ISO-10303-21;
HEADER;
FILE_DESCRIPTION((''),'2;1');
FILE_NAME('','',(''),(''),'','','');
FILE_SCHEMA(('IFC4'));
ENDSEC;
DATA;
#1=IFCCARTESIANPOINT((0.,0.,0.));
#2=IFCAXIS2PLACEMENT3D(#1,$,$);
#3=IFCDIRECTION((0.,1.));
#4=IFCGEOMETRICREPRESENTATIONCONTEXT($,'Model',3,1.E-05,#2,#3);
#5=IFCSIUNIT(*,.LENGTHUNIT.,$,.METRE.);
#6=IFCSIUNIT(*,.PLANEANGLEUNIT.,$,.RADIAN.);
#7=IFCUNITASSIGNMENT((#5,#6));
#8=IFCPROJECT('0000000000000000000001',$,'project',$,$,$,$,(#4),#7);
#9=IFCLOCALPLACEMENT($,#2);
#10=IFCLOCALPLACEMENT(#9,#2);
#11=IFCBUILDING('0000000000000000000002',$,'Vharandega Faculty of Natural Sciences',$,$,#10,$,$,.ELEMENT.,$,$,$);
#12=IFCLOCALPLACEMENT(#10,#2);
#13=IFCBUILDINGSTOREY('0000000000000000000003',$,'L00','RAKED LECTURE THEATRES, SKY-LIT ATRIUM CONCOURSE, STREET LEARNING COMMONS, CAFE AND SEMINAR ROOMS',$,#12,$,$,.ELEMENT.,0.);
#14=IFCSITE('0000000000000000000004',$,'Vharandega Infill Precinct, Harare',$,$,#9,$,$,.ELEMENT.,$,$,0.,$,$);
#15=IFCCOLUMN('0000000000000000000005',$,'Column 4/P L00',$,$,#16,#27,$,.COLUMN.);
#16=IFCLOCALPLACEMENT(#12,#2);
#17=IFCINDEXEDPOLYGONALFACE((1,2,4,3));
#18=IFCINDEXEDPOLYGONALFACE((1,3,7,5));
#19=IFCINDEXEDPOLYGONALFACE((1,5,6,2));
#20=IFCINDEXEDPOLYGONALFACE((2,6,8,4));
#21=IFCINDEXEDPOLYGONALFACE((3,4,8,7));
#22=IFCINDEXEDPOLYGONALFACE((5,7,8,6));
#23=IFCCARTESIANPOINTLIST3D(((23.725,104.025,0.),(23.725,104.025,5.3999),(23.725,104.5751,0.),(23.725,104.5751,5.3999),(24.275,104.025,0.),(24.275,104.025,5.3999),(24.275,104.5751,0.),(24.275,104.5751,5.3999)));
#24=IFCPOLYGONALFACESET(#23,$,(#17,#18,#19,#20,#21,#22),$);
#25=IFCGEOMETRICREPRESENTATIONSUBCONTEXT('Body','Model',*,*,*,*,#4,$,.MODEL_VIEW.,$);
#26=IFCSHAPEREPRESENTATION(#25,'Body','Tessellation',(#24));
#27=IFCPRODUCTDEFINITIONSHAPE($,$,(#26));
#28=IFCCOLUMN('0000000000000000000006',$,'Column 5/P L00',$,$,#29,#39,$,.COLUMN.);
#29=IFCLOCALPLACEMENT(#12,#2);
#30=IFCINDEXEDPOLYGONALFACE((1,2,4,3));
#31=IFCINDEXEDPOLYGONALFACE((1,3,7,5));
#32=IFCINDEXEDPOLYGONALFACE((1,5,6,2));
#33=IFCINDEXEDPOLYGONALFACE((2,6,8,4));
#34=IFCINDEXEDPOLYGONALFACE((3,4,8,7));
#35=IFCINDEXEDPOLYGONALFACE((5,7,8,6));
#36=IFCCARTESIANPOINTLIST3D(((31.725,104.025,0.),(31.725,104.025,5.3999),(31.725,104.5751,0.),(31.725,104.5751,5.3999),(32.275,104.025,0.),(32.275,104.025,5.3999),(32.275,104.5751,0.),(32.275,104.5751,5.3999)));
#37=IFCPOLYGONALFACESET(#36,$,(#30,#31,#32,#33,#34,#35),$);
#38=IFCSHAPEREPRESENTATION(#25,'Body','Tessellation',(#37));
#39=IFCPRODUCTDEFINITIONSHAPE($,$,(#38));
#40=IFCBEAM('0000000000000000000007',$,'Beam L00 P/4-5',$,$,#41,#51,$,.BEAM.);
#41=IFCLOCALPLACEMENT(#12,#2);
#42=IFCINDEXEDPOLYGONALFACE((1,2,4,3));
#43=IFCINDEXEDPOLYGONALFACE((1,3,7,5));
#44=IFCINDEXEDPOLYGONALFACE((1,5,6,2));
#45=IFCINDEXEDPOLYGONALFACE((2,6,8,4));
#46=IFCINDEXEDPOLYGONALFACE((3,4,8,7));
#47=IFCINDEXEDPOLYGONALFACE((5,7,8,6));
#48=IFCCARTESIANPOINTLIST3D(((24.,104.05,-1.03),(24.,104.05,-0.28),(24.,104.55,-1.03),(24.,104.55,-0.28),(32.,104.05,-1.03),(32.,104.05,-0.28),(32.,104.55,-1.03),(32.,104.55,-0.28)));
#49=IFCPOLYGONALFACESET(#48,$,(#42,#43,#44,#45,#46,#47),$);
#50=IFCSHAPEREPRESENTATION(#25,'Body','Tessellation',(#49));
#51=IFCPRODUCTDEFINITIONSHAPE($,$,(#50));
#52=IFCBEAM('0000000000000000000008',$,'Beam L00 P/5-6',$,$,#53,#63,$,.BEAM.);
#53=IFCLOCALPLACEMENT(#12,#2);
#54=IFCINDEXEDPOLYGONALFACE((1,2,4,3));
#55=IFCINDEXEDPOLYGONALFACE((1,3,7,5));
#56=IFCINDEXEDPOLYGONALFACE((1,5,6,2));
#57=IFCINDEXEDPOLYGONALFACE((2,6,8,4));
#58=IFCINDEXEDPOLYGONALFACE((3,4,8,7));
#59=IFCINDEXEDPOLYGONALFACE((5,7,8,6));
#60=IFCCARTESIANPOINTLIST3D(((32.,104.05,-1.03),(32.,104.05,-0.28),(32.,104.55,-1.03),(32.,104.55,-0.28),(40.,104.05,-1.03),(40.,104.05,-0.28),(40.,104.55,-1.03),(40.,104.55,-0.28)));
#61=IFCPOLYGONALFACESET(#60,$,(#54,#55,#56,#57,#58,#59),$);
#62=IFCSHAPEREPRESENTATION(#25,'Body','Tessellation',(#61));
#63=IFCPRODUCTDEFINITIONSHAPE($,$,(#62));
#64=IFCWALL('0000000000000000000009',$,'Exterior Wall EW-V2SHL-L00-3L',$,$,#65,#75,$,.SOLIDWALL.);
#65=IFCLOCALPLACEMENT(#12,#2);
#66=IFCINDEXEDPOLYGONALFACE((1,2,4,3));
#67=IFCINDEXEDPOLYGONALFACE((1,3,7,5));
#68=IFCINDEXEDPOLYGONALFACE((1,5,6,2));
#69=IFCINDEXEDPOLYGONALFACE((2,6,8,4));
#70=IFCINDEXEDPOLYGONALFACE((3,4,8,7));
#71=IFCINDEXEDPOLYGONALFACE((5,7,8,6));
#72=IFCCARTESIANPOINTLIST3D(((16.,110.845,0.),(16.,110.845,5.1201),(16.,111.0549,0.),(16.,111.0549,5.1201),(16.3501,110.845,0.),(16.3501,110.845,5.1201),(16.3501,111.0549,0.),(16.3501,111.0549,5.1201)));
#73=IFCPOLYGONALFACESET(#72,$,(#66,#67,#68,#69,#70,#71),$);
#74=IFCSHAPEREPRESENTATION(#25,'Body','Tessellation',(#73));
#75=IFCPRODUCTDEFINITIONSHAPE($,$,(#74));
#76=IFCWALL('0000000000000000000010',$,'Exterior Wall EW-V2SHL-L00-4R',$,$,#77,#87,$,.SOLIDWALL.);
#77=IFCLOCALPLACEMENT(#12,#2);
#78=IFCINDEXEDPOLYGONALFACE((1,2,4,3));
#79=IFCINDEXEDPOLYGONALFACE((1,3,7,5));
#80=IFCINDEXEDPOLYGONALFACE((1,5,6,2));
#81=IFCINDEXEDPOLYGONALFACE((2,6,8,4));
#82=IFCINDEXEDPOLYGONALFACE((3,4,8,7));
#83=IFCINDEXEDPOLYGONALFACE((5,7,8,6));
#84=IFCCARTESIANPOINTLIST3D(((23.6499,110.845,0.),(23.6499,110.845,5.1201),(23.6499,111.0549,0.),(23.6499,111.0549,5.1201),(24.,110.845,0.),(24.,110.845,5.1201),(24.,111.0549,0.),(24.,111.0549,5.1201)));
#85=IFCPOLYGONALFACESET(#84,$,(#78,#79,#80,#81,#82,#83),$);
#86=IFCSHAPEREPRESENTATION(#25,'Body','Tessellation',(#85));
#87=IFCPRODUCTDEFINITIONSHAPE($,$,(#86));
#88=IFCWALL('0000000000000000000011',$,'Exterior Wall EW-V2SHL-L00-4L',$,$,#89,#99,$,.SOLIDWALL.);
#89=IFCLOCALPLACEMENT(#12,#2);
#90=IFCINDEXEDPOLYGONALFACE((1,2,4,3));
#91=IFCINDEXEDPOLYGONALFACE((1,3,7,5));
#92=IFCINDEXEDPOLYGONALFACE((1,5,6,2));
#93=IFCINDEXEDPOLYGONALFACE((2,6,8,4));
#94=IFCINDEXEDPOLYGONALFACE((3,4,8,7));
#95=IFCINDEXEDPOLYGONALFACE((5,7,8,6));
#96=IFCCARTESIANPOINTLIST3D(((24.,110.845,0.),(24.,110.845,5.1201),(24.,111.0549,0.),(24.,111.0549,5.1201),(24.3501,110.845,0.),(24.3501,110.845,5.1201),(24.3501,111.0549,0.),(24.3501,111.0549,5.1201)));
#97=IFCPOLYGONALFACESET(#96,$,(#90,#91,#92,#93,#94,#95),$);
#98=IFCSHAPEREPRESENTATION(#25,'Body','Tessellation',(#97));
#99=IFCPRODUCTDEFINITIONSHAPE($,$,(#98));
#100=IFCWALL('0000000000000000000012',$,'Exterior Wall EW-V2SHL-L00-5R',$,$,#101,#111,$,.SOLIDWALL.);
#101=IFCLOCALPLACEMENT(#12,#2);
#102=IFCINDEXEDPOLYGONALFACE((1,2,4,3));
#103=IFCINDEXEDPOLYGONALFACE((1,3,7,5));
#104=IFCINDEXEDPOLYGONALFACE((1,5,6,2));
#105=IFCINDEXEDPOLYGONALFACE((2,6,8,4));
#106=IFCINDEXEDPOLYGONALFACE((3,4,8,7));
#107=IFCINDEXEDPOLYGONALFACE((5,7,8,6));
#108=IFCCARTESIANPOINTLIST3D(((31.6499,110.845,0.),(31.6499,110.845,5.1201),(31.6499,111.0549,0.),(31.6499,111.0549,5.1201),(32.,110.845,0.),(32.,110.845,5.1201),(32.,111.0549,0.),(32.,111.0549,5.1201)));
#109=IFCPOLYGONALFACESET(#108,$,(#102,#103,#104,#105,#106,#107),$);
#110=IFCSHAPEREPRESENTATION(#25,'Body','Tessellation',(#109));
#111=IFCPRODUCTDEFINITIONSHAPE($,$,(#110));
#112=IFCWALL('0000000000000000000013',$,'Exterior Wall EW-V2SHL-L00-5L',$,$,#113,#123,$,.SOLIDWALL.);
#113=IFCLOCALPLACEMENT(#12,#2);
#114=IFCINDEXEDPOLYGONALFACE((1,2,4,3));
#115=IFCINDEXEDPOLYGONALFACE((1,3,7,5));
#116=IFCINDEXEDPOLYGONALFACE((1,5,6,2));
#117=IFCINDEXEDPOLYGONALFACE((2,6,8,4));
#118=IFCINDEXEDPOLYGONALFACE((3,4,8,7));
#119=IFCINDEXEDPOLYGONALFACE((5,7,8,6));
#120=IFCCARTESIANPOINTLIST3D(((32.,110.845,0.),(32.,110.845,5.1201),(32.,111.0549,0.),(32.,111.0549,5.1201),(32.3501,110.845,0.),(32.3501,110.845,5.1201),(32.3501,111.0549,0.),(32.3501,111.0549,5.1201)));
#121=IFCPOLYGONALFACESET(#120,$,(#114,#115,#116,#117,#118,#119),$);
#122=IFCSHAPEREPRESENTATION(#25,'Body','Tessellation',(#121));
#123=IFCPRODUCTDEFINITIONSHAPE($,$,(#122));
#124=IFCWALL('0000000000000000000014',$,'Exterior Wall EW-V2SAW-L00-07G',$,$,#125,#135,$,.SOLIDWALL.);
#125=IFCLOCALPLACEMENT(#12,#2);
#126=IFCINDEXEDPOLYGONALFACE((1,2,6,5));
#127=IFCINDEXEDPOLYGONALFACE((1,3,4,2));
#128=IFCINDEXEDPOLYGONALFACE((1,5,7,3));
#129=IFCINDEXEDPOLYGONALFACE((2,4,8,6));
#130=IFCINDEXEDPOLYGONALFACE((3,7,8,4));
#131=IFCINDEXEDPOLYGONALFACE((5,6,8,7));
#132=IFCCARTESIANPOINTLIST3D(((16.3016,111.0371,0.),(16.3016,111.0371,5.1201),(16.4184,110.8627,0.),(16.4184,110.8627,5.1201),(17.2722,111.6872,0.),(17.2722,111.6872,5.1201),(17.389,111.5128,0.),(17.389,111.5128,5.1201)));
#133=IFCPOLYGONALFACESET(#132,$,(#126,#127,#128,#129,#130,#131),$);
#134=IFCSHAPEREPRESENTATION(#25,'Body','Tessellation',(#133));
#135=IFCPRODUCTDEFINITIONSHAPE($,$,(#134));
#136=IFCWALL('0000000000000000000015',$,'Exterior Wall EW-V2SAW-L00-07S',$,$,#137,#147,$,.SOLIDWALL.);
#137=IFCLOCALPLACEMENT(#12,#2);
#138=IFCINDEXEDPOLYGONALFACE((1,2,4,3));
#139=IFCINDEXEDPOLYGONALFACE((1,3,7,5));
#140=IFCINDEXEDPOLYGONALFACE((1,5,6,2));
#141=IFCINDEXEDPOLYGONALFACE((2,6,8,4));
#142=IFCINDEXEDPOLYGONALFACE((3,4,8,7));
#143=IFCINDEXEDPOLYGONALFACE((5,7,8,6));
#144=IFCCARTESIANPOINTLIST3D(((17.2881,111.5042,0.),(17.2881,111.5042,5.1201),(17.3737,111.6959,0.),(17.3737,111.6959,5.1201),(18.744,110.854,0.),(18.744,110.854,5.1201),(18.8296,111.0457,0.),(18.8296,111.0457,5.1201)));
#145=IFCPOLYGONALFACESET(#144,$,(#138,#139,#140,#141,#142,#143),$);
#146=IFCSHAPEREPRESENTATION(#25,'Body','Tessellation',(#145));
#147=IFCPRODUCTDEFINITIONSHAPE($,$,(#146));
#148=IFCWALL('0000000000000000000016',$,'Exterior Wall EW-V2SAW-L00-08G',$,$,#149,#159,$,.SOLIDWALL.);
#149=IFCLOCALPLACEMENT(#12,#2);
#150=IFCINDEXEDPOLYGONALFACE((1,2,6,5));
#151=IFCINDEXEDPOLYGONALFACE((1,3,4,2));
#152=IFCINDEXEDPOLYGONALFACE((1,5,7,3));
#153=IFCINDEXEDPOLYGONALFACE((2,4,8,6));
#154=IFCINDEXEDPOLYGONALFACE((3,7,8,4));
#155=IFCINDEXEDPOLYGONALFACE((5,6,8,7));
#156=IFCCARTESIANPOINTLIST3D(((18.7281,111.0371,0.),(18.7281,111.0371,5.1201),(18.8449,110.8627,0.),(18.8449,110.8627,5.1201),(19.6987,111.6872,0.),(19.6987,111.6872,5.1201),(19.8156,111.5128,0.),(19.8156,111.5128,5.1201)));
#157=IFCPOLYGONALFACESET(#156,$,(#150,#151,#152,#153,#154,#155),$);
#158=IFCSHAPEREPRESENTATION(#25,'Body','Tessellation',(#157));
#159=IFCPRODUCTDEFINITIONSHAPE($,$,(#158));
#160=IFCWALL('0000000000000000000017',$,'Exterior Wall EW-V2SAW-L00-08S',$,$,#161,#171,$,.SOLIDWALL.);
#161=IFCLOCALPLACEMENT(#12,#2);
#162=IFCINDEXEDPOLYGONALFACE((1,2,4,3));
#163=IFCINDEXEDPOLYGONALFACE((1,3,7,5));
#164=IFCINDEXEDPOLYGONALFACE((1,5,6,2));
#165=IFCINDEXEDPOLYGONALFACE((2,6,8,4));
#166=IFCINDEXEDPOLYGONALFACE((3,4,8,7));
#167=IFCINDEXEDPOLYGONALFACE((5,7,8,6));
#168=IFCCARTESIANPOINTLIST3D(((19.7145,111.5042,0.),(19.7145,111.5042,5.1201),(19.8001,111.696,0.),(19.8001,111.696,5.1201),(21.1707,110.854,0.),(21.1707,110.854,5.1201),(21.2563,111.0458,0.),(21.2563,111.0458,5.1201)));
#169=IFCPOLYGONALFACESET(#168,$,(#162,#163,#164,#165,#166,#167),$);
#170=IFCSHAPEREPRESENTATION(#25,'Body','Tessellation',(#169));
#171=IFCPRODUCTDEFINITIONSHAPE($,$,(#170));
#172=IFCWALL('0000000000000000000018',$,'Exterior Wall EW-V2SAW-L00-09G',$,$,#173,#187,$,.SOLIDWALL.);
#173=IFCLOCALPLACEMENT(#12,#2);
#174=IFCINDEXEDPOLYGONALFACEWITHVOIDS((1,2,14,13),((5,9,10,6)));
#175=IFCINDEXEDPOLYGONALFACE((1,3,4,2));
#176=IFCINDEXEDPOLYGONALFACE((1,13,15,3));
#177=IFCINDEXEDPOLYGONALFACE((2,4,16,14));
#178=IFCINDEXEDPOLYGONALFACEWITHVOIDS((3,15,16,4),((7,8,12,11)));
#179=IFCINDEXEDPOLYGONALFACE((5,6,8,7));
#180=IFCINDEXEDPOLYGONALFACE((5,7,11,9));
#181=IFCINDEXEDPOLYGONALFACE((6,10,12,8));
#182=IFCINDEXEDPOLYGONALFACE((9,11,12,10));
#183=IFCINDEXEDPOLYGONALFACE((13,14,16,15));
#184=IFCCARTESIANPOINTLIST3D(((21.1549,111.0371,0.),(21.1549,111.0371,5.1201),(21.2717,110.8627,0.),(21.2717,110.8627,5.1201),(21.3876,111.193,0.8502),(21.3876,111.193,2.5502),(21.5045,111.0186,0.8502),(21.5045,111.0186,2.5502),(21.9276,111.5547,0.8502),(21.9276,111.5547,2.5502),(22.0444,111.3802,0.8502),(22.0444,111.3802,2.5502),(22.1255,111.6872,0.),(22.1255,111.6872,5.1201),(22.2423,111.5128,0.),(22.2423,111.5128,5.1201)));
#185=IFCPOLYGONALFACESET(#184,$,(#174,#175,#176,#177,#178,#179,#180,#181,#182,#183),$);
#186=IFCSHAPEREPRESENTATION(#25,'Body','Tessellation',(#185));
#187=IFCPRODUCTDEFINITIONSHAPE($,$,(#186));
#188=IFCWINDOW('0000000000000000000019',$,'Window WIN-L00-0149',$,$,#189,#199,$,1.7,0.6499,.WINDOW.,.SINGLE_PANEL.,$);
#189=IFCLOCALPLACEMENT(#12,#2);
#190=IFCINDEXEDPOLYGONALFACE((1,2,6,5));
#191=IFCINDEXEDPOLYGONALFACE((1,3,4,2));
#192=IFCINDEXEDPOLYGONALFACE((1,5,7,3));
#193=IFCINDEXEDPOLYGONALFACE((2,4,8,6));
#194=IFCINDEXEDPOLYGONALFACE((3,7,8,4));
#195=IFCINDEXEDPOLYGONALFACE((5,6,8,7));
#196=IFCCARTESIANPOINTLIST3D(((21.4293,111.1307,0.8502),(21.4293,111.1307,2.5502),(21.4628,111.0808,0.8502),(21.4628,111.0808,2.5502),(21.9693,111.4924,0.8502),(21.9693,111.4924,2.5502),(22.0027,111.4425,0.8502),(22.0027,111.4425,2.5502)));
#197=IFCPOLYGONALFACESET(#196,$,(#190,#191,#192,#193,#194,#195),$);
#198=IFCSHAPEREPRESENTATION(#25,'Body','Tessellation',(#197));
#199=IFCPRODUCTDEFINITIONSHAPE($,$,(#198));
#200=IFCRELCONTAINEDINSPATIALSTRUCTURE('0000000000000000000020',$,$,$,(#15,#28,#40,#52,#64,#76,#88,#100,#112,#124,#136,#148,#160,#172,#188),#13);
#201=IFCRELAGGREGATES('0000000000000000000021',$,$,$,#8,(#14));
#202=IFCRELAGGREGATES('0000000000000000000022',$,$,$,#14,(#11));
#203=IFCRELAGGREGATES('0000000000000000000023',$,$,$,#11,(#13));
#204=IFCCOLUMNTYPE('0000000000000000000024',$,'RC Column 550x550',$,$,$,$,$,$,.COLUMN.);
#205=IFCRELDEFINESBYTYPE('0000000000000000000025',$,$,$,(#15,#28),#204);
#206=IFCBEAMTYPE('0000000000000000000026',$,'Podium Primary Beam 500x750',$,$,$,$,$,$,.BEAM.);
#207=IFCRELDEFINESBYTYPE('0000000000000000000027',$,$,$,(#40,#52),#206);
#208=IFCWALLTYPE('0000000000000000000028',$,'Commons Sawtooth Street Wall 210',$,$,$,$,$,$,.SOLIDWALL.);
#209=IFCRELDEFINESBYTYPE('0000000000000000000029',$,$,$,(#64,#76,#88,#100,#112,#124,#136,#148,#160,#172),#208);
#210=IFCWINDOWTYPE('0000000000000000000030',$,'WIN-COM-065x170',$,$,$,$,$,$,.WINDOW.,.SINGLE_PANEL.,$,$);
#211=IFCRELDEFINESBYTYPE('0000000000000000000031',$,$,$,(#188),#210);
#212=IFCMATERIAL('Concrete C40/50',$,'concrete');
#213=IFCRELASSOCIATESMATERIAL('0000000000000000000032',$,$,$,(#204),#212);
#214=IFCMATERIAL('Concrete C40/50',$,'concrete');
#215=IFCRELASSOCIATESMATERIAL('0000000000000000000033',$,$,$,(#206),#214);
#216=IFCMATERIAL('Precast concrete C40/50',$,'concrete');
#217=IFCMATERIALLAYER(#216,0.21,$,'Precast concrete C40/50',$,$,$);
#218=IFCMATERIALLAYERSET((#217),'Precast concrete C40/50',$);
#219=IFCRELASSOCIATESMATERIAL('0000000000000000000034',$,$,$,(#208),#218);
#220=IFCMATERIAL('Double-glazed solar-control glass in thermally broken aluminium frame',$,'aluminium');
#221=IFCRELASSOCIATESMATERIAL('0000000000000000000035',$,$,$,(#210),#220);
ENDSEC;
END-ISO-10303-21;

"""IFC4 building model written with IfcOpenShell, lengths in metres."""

from ifc_helpers import new_model, si_unit, direction, frame, frame_2d, origin, origin_2d, place, context, subcontext, project, spatial, rectangle, extrude, material, layer, layer_set, material_profile, profile_set, type_object, element, fill, save


model = new_model("IFC4")

# Units and contexts
model_context = context("Model", 3, precision=1e-05, world=origin(), true_north=direction((0.0, 1.0)))
body_context = subcontext(model_context, "Body", "Model", "MODEL_VIEW")
ifc_project = project(units=[si_unit("LENGTHUNIT", "METRE"), si_unit("PLANEANGLEUNIT", "RADIAN")], contexts=[model_context])

# Site, building, storey
site_placement = place(None, origin())
site = spatial("IfcSite", under=ifc_project, at=site_placement, Name="Vharandega Infill Precinct, Harare", CompositionType="ELEMENT", RefElevation=0.0)
building_placement = place(site_placement, origin())
building = spatial("IfcBuilding", under=site, at=building_placement, Name="Vharandega Faculty of Natural Sciences", CompositionType="ELEMENT")
storey_placement = place(building_placement, origin())
storey = spatial("IfcBuildingStorey", under=building, at=storey_placement, Name="L00", Description="RAKED LECTURE THEATRES, SKY-LIT ATRIUM CONCOURSE, STREET LEARNING COMMONS, CAFE AND SEMINAR ROOMS", CompositionType="ELEMENT", Elevation=0.0)

# Columns
ifc_material_1 = material(Name="Concrete C40/50", Category="concrete")
ifc_material_profile_1 = material_profile(ifc_material_1, rectangle(XDim=0.55, YDim=0.55, at=origin_2d()), Name="RC 550x550")
ifc_profile_set_1 = profile_set([ifc_material_profile_1], Name="Concrete C40/50")
column_type = type_object("IfcColumnType", Name="RC Column 550x550", PredefinedType="COLUMN", material=ifc_profile_set_1)
for number, where, z_axis, x_axis, name in (
    (1, (24.0, 104.3, 0.0), (0.0, 0.0, 1.0), (1.0, 0.0, 0.0), "Column 4/P L00"),
    (2, (32.0, 104.3, 0.0), (0.0, 0.0, 1.0), (1.0, 0.0, 0.0), "Column 5/P L00"),
):
    element("IfcColumn", number, at=place(storey_placement, frame(where, z_axis=z_axis, x_axis=x_axis)), inside=storey, type_object=column_type, Name=name, PredefinedType="COLUMN", context=body_context, shape_type="SweptSolid", body=[
        extrude(rectangle(XDim=0.55, YDim=0.55, at=origin_2d()), origin(), (0.0, 0.0, 1.0), 5.3999),
    ])

# Beams
ifc_material_2 = material(Name="Concrete C40/50", Category="concrete")
ifc_material_profile_2 = material_profile(ifc_material_2, rectangle(XDim=0.5, YDim=0.75, at=origin_2d()), Name="RC 500x750")
ifc_profile_set_2 = profile_set([ifc_material_profile_2], Name="Concrete C40/50")
beam_type = type_object("IfcBeamType", Name="Podium Primary Beam 500x750", PredefinedType="BEAM", material=ifc_profile_set_2)
for number, where, z_axis, x_axis, name in (
    (3, (24.0, 104.3, -0.655), (1.0, 0.0, 0.0), (0.0, 1.0, 0.0), "Beam L00 P/4-5"),
    (4, (32.0, 104.3, -0.655), (1.0, 0.0, 0.0), (0.0, 1.0, 0.0), "Beam L00 P/5-6"),
):
    element("IfcBeam", number, at=place(storey_placement, frame(where, z_axis=z_axis, x_axis=x_axis)), inside=storey, type_object=beam_type, Name=name, PredefinedType="BEAM", context=body_context, shape_type="SweptSolid", body=[
        extrude(rectangle(XDim=0.5, YDim=0.75, at=origin_2d()), origin(), (0.0, 0.0, 1.0), 8.0),
    ])

# Walls
ifc_material_3 = material(Name="Precast concrete C40/50", Category="concrete")
ifc_layer = layer(ifc_material_3, 0.21, Name="Precast concrete C40/50")
ifc_layer_set = layer_set([ifc_layer], Name="Precast concrete C40/50")
wall_type = type_object("IfcWallType", Name="Commons Sawtooth Street Wall 210", PredefinedType="SOLIDWALL", material=ifc_layer_set)
for number, where, z_axis, x_axis, name in (
    (5, (16.0, 110.95, 0.0), (0.0, 0.0, 1.0), (1.0, 0.0, 0.0), "Exterior Wall EW-V2SHL-L00-3L"),
    (6, (23.6499, 110.95, 0.0), (0.0, 0.0, 1.0), (1.0, 0.0, 0.0), "Exterior Wall EW-V2SHL-L00-4R"),
    (7, (24.0, 110.95, 0.0), (0.0, 0.0, 1.0), (1.0, 0.0, 0.0), "Exterior Wall EW-V2SHL-L00-4L"),
    (8, (31.6499, 110.95, 0.0), (0.0, 0.0, 1.0), (1.0, 0.0, 0.0), "Exterior Wall EW-V2SHL-L00-5R"),
    (9, (32.0, 110.95, 0.0), (0.0, 0.0, 1.0), (1.0, 0.0, 0.0), "Exterior Wall EW-V2SHL-L00-5L"),
):
    element("IfcWall", number, at=place(storey_placement, frame(where, z_axis=z_axis, x_axis=x_axis)), inside=storey, type_object=wall_type, Name=name, PredefinedType="SOLIDWALL", context=body_context, shape_type="SweptSolid", body=[
        extrude(rectangle(XDim=0.3501, YDim=0.21, at=frame_2d((0.175, 0.0))), origin(), (0.0, 0.0, 1.0), 5.1201),
    ])
wall_1_placement = place(storey_placement, frame((16.3601, 110.95, 0.0), z_axis=(0.0, 0.0, 1.0), x_axis=(0.830859, 0.556483, 0.0)))
element("IfcWall", 10, at=wall_1_placement, inside=storey, type_object=wall_type, Name="Exterior Wall EW-V2SAW-L00-07G", PredefinedType="SOLIDWALL", context=body_context, shape_type="SweptSolid", body=[
    extrude(rectangle(XDim=1.1682, YDim=0.21, at=frame_2d((0.584, 0.0))), origin(), (0.0, 0.0, 1.0), 5.1201),
])
wall_2_placement = place(storey_placement, frame((17.3308, 111.6001, 0.0), z_axis=(0.0, 0.0, 1.0), x_axis=(0.913084, -0.407772, 0.0)))
element("IfcWall", 11, at=wall_2_placement, inside=storey, type_object=wall_type, Name="Exterior Wall EW-V2SAW-L00-07S", PredefinedType="SOLIDWALL", context=body_context, shape_type="SweptSolid", body=[
    extrude(rectangle(XDim=1.5945, YDim=0.21, at=frame_2d((0.7974, 0.0))), origin(), (0.0, 0.0, 1.0), 5.1201),
])
wall_3_placement = place(storey_placement, frame((18.7866, 110.95, 0.0), z_axis=(0.0, 0.0, 1.0), x_axis=(0.830859, 0.556483, 0.0)))
element("IfcWall", 12, at=wall_3_placement, inside=storey, type_object=wall_type, Name="Exterior Wall EW-V2SAW-L00-08G", PredefinedType="SOLIDWALL", context=body_context, shape_type="SweptSolid", body=[
    extrude(rectangle(XDim=1.1682, YDim=0.21, at=frame_2d((0.584, 0.0))), origin(), (0.0, 0.0, 1.0), 5.1201),
])
wall_4_placement = place(storey_placement, frame((19.7573, 111.6001, 0.0), z_axis=(0.0, 0.0, 1.0), x_axis=(0.913109, -0.407715, 0.0)))
element("IfcWall", 13, at=wall_4_placement, inside=storey, type_object=wall_type, Name="Exterior Wall EW-V2SAW-L00-08S", PredefinedType="SOLIDWALL", context=body_context, shape_type="SweptSolid", body=[
    extrude(rectangle(XDim=1.5947, YDim=0.21, at=frame_2d((0.7974, 0.0))), origin(), (0.0, 0.0, 1.0), 5.1201),
])

# Wall, opening, window
wall_5_placement = place(storey_placement, frame((21.2134, 110.95, 0.0), z_axis=(0.0, 0.0, 1.0), x_axis=(0.830859, 0.556483, 0.0)))
wall_5 = element("IfcWall", 14, at=wall_5_placement, inside=storey, type_object=wall_type, Name="Exterior Wall EW-V2SAW-L00-09G", PredefinedType="SOLIDWALL", context=body_context, shape_type="SweptSolid", body=[
    extrude(rectangle(XDim=1.1682, YDim=0.21, at=frame_2d((0.584, 0.0))), origin(), (0.0, 0.0, 1.0), 5.1201),
])
opening_1_placement = place(wall_5_placement, frame((0.28, 0.0, 0.8501)))
opening_1 = element("IfcOpeningElement", 15, at=opening_1_placement, cuts=wall_5, PredefinedType="OPENING", context=body_context, shape_type="SweptSolid", body=[
    extrude(rectangle(XDim=0.6499, YDim=1.7, at=frame_2d((0.325, 0.8501))), frame((0.0, 0.115, 0.0), z_axis=(0.0, -1.0, 0.0), x_axis=(1.0, 0.0, 0.0)), (0.0, 0.0, 1.0), 0.23),
])
ifc_material_4 = material(Name="Double-glazed solar-control glass in thermally broken aluminium frame", Category="aluminium")
window_type = type_object("IfcWindowType", Name="WIN-COM-065x170", PartitioningType="SINGLE_PANEL", PredefinedType="WINDOW", material=ifc_material_4)
window_1_placement = place(opening_1_placement, origin())
window_1 = element("IfcWindow", 16, at=window_1_placement, inside=storey, type_object=window_type, Name="Window WIN-L00-0149", OverallHeight=1.7, OverallWidth=0.6499, PartitioningType="SINGLE_PANEL", PredefinedType="WINDOW", context=body_context, shape_type="SweptSolid", body=[
    extrude(rectangle(XDim=0.6499, YDim=1.7, at=frame_2d((0.325, 0.8501))), frame((0.0, 0.03, 0.0), z_axis=(0.0, -1.0, 0.0), x_axis=(1.0, 0.0, 0.0)), (0.0, 0.0, 1.0), 0.0601),
])
fill(opening_1, window_1)

save(model, "model.ifc")
